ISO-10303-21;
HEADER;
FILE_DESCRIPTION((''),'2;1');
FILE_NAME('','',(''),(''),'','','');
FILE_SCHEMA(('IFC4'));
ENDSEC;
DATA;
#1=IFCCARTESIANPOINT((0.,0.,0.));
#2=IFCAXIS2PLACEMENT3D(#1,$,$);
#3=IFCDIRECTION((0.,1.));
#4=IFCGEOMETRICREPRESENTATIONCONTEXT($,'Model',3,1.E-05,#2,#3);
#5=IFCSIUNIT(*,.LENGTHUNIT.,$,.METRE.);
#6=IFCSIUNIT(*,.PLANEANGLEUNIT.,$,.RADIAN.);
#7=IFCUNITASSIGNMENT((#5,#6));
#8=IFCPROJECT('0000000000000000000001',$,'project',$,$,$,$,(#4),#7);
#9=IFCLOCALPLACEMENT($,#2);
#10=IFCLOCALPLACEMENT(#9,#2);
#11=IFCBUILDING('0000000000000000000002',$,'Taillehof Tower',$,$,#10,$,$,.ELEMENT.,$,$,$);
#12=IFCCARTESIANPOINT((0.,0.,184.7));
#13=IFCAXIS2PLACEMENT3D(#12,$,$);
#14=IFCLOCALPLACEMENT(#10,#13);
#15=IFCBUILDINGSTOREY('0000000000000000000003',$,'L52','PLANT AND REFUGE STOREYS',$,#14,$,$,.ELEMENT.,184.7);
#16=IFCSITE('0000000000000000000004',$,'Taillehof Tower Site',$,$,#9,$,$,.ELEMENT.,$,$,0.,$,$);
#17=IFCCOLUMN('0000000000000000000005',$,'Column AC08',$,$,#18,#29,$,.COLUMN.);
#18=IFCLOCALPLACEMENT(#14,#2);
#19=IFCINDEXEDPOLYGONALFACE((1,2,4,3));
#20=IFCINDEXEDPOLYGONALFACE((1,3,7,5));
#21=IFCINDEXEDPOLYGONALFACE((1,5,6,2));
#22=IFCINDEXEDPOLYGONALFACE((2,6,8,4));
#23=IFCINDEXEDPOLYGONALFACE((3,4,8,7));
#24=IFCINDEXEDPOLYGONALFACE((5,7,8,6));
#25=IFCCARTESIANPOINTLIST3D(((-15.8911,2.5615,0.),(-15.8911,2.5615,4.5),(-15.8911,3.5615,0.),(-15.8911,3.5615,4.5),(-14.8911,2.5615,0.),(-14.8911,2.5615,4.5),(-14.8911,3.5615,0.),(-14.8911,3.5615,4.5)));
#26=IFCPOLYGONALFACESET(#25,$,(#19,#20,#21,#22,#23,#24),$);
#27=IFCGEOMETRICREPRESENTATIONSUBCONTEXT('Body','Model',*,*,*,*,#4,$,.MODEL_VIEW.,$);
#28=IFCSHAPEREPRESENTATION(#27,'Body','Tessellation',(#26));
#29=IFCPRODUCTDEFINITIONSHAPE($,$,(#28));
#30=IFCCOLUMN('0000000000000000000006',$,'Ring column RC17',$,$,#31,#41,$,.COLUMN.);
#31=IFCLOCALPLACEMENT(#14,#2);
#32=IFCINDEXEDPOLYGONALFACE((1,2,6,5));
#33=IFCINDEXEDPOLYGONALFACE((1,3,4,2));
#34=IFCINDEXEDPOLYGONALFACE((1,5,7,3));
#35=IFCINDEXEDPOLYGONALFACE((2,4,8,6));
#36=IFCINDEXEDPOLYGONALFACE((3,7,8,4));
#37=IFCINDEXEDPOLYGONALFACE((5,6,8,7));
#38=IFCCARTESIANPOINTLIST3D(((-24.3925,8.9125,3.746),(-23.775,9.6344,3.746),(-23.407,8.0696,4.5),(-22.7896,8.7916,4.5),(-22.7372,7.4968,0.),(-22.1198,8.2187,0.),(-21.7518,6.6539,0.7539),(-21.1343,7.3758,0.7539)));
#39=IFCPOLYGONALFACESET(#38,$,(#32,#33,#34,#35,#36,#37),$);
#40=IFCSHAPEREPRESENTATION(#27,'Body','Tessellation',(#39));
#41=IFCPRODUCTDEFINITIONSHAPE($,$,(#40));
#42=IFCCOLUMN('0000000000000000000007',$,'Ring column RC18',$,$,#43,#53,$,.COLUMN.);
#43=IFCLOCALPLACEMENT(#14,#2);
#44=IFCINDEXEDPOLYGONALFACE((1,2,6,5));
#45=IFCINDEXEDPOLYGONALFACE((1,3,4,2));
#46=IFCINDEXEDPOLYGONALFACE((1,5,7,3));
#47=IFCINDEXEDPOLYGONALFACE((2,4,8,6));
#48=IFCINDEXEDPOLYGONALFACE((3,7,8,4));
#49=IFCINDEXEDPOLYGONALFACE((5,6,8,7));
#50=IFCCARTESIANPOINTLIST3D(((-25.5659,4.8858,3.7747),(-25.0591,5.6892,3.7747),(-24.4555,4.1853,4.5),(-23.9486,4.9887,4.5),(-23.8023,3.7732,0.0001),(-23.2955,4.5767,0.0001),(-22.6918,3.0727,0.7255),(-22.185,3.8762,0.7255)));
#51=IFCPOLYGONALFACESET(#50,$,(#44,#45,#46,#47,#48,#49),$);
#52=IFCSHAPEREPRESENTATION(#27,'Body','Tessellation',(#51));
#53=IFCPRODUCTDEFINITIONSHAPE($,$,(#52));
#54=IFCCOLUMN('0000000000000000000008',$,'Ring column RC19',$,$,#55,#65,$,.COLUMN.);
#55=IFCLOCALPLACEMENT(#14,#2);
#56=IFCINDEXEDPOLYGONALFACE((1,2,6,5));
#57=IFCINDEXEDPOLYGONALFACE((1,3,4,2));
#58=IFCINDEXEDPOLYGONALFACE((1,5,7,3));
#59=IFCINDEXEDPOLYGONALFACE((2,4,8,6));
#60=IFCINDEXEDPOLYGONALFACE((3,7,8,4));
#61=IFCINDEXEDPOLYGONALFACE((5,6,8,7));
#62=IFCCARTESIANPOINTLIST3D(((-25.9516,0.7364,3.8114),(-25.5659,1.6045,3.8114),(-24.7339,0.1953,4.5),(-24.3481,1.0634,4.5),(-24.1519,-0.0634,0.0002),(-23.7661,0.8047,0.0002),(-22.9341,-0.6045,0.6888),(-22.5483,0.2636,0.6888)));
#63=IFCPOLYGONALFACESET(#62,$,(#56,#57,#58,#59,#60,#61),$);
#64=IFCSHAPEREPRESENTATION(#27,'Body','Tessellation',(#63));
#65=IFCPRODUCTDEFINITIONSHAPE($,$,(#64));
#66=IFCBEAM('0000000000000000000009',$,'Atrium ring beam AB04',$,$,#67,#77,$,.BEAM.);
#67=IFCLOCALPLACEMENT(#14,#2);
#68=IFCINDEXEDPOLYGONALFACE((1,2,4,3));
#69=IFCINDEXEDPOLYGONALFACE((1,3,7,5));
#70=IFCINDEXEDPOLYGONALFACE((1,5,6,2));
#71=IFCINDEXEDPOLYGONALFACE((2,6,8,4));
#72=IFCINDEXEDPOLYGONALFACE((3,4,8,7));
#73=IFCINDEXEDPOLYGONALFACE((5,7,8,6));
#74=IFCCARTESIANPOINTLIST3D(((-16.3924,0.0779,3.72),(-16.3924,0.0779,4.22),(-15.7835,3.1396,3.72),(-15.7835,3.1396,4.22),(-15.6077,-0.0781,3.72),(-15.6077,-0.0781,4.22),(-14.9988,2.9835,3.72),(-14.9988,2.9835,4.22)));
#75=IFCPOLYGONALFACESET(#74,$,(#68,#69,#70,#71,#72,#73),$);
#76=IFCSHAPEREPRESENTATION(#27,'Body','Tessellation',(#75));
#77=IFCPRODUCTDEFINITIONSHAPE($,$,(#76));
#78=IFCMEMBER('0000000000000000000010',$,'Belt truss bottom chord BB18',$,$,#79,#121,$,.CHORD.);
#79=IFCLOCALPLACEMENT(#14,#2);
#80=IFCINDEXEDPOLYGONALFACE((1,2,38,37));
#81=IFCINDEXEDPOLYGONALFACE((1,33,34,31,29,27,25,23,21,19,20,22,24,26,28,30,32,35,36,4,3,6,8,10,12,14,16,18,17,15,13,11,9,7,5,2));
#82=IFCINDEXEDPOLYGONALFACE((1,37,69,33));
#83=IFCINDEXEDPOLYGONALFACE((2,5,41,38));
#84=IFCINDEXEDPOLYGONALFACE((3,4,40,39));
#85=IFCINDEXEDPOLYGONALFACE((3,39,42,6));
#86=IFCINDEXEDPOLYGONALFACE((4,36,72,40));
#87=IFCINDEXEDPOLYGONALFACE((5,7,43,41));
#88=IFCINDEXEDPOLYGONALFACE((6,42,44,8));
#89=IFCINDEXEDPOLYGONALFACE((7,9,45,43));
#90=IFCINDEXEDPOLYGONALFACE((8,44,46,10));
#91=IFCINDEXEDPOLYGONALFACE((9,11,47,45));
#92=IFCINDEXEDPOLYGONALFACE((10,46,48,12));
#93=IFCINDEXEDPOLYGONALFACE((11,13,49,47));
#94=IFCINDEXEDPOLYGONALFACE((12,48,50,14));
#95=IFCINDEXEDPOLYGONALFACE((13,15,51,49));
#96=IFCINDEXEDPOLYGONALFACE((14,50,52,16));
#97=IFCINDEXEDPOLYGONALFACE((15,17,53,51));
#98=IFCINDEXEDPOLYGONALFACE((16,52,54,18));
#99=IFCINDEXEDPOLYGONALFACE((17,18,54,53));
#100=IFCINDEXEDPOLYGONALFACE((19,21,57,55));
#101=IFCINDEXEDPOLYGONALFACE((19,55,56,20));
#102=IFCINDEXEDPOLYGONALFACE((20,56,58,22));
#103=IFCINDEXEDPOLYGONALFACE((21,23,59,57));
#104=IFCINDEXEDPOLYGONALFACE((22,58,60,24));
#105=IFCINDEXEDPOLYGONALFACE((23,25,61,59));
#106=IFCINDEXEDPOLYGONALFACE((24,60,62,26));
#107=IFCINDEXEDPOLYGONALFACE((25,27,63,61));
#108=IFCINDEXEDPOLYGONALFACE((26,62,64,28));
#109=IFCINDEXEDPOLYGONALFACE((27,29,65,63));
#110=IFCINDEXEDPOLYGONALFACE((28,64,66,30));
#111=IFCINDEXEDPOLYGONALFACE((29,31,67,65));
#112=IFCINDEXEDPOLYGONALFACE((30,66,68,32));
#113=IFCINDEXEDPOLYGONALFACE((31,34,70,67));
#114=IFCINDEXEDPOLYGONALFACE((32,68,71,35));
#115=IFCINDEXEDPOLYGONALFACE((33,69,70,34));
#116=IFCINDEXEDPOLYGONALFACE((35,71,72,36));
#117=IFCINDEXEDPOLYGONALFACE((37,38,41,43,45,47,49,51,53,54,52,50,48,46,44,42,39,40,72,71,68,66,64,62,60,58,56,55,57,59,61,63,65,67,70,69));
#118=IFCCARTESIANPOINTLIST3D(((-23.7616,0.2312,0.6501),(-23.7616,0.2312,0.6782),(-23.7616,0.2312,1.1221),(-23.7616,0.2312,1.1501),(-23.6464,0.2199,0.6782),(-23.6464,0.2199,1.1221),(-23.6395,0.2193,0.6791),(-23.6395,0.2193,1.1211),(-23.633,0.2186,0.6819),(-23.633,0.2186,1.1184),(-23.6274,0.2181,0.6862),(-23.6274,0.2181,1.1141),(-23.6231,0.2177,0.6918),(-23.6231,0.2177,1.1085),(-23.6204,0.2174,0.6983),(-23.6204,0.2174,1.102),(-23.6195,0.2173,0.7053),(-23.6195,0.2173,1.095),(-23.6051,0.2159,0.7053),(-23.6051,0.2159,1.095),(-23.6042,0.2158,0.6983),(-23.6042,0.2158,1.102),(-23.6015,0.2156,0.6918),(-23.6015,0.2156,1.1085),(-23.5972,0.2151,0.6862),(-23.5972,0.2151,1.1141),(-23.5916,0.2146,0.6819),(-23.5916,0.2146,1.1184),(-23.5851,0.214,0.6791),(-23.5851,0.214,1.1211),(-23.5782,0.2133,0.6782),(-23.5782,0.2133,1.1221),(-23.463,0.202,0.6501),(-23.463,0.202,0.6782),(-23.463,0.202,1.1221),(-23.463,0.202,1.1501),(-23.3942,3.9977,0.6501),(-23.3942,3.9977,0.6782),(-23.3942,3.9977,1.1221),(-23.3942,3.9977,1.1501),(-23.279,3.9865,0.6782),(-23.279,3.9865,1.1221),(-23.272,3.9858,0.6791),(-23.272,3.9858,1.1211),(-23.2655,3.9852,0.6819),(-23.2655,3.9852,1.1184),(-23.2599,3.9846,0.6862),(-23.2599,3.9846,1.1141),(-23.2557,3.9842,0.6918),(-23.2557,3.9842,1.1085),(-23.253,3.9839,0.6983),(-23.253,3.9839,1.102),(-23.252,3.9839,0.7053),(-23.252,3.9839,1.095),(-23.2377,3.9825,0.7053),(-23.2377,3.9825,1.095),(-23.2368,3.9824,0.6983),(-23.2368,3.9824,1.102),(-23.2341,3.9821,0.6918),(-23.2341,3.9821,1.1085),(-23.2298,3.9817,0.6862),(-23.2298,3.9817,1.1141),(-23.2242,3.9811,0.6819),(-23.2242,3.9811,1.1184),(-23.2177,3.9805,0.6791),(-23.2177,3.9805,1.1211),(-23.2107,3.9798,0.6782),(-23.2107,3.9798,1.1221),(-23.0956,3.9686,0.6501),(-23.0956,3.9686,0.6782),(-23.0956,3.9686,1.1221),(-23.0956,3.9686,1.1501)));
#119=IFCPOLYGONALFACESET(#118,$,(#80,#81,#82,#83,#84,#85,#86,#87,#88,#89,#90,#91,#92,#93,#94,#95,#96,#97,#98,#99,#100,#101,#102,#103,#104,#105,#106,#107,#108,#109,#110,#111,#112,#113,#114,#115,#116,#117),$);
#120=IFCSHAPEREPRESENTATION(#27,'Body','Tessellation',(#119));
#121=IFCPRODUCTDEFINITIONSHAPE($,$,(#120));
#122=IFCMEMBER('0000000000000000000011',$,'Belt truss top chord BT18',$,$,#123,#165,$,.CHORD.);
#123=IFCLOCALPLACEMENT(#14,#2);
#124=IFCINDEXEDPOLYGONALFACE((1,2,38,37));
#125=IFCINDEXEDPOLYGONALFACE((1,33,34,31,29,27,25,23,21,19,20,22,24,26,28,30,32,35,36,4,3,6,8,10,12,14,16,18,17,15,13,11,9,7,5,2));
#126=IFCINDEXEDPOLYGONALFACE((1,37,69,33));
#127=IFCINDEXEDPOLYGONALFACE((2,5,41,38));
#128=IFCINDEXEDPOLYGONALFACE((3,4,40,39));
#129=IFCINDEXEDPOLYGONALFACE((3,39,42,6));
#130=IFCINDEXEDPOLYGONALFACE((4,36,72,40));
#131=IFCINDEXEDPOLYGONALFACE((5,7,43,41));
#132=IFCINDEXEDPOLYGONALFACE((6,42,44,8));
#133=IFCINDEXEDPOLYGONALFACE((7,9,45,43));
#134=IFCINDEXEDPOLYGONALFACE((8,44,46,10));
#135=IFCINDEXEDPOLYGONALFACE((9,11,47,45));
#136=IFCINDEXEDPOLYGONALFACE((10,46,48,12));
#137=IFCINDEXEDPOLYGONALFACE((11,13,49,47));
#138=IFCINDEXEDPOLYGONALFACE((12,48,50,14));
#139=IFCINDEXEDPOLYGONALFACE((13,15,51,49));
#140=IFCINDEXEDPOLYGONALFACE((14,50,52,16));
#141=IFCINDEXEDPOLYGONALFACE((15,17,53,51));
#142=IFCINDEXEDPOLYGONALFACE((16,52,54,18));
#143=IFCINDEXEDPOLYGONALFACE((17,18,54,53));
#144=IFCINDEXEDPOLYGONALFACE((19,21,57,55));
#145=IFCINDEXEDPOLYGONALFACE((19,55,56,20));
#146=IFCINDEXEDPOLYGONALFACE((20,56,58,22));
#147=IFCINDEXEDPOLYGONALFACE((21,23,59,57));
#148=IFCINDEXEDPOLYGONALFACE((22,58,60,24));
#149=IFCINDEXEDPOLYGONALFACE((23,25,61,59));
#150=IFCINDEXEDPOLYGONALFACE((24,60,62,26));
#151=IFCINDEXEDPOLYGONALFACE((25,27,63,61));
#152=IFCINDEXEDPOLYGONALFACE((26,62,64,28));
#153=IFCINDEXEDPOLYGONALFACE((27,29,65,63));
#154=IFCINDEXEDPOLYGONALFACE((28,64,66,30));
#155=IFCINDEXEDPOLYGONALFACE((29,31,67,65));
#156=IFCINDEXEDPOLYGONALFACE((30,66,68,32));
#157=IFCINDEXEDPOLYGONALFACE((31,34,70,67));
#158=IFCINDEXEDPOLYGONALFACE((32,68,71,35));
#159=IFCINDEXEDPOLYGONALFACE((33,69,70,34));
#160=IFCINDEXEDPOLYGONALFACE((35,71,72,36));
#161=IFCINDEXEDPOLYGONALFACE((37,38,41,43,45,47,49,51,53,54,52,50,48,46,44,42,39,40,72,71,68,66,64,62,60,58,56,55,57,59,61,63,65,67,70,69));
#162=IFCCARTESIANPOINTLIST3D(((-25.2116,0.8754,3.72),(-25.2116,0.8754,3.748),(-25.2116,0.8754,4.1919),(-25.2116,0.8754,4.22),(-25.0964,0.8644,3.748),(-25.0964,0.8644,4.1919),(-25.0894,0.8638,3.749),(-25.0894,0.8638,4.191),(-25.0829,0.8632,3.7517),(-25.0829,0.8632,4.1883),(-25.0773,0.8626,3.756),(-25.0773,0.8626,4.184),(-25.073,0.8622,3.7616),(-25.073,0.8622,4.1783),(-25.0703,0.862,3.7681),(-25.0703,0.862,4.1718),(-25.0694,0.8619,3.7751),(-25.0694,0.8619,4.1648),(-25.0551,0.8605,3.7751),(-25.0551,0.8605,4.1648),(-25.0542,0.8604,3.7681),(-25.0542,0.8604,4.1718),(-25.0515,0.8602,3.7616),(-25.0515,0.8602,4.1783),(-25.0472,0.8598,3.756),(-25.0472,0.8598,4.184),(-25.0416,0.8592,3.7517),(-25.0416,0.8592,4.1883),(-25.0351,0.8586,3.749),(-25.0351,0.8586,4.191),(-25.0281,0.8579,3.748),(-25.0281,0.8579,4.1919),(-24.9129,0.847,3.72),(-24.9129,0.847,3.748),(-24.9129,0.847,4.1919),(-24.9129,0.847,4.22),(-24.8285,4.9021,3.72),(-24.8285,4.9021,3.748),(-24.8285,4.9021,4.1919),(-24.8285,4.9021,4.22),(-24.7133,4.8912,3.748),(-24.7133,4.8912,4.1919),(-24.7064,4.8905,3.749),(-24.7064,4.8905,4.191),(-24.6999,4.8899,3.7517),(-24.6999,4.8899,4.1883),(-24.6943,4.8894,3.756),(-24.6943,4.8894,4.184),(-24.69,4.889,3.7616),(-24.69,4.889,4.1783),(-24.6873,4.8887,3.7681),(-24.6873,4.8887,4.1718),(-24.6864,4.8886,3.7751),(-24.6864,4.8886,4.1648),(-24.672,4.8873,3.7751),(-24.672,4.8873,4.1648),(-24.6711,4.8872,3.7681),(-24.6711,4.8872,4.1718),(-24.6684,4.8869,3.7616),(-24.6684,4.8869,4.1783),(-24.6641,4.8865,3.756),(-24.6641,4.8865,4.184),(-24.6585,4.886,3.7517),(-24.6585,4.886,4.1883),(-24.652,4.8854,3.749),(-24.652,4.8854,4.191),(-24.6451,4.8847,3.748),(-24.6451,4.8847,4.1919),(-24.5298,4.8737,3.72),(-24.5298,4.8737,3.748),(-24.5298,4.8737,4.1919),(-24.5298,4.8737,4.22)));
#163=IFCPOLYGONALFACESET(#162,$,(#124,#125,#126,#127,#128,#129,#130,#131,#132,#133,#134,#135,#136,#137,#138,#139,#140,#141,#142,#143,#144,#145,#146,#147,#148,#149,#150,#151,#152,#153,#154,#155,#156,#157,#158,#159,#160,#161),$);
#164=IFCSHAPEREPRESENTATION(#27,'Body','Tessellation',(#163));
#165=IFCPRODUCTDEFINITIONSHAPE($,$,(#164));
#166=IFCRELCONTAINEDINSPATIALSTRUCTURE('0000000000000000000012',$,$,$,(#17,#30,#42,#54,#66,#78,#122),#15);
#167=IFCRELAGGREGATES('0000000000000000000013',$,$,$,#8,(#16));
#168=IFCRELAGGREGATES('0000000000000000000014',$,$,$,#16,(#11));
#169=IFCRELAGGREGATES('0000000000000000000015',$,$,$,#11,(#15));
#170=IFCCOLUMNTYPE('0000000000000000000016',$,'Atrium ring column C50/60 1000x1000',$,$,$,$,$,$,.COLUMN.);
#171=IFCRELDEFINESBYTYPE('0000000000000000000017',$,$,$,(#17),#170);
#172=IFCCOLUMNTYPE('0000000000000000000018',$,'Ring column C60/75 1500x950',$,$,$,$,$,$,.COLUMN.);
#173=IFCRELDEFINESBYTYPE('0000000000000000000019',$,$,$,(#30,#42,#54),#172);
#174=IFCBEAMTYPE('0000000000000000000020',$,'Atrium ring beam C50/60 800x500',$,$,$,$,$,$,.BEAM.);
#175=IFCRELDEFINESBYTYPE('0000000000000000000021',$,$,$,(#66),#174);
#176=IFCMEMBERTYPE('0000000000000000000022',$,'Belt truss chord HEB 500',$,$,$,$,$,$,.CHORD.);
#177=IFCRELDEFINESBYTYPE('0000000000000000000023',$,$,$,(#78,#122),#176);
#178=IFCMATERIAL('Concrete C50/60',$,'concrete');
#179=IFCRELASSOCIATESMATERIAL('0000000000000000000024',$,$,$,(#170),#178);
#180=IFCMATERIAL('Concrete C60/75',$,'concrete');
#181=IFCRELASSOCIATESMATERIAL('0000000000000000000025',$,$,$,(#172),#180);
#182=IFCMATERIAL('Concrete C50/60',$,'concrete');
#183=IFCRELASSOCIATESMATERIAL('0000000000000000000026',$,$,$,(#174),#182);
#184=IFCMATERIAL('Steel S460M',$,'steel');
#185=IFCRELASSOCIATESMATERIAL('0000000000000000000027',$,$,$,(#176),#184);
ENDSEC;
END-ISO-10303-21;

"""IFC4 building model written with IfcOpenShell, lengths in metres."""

from ifc_helpers import new_model, si_unit, direction, frame, origin, origin_2d, place, context, subcontext, project, spatial, rectangle, i_section, extrude, material, material_profile, profile_set, type_object, element, save


model = new_model("IFC4")

# Units and contexts
model_context = context("Model", 3, precision=1e-05, world=origin(), true_north=direction((0.0, 1.0)))
body_context = subcontext(model_context, "Body", "Model", "MODEL_VIEW")
ifc_project = project(units=[si_unit("LENGTHUNIT", "METRE"), si_unit("PLANEANGLEUNIT", "RADIAN")], contexts=[model_context])

# Site, building, storey
site_placement = place(None, origin())
site = spatial("IfcSite", under=ifc_project, at=site_placement, Name="Taillehof Tower Site", CompositionType="ELEMENT", RefElevation=0.0)
building_placement = place(site_placement, origin())
building = spatial("IfcBuilding", under=site, at=building_placement, Name="Taillehof Tower", CompositionType="ELEMENT")
storey_placement = place(building_placement, frame((0.0, 0.0, 184.7)))
storey = spatial("IfcBuildingStorey", under=building, at=storey_placement, Name="L52", Description="PLANT AND REFUGE STOREYS", CompositionType="ELEMENT", Elevation=184.7)

# Columns
ifc_material_1 = material(Name="Concrete C50/60", Category="concrete")
ifc_material_profile_1 = material_profile(ifc_material_1, rectangle(XDim=1.0, YDim=1.0, at=origin_2d()), Name="RC 1000x1000")
ifc_profile_set_1 = profile_set([ifc_material_profile_1], Name="Concrete C50/60")
column_type_1 = type_object("IfcColumnType", Name="Atrium ring column C50/60 1000x1000", PredefinedType="COLUMN", material=ifc_profile_set_1)
column_1_placement = place(storey_placement, frame((-15.3911, 3.0615, 0.0), z_axis=(0.0, 0.0, 1.0), x_axis=(1.0, 0.0, 0.0)))
element("IfcColumn", 1, at=column_1_placement, inside=storey, type_object=column_type_1, Name="Column AC08", PredefinedType="COLUMN", context=body_context, shape_type="SweptSolid", body=[
    extrude(rectangle(XDim=1.0, YDim=1.0, at=origin_2d()), origin(), (0.0, 0.0, 1.0), 4.5),
])
ifc_material_2 = material(Name="Concrete C60/75", Category="concrete")
ifc_material_profile_2 = material_profile(ifc_material_2, rectangle(XDim=1.5, YDim=0.95, at=origin_2d()), Name="RC 1500x950")
ifc_profile_set_2 = profile_set([ifc_material_profile_2], Name="Concrete C60/75")
column_type_2 = type_object("IfcColumnType", Name="Ring column C60/75 1500x950", PredefinedType="COLUMN", material=ifc_profile_set_2)
column_2_placement = place(storey_placement, frame((-21.9358, 7.4363, 0.377), z_axis=(-0.381988, 0.326718, 0.864488), x_axis=(0.656963, -0.561907, 0.502653)))
element("IfcColumn", 2, at=column_2_placement, inside=storey, type_object=column_type_2, Name="Ring column RC17", PredefinedType="COLUMN", context=body_context, shape_type="SweptSolid", body=[
    extrude(rectangle(XDim=1.5, YDim=0.95, at=origin_2d()), origin(), (0.0, 0.0, 1.0), 4.3333),
])
column_3_placement = place(storey_placement, frame((-22.9937, 3.8247, 0.3628), z_axis=(-0.408982, 0.257991, 0.875314), x_axis=(0.740324, -0.467007, 0.483555)))
element("IfcColumn", 3, at=column_3_placement, inside=storey, type_object=column_type_2, Name="Ring column RC18", PredefinedType="COLUMN", context=body_context, shape_type="SweptSolid", body=[
    extrude(rectangle(XDim=1.5, YDim=0.95, at=origin_2d()), origin(), (0.0, 0.0, 1.0), 4.3123),
])
column_4_placement = place(storey_placement, frame((-23.3501, 0.1001, 0.3445), z_axis=(-0.419527, 0.186431, 0.888392), x_axis=(0.811841, -0.360769, 0.459085)))
element("IfcColumn", 4, at=column_4_placement, inside=storey, type_object=column_type_2, Name="Ring column RC19", PredefinedType="COLUMN", context=body_context, shape_type="SweptSolid", body=[
    extrude(rectangle(XDim=1.5, YDim=0.95, at=origin_2d()), origin(), (0.0, 0.0, 1.0), 4.29),
])

# Beam
ifc_material_3 = material(Name="Concrete C50/60", Category="concrete")
ifc_material_profile_3 = material_profile(ifc_material_3, rectangle(XDim=0.8, YDim=0.5, at=origin_2d()), Name="RC 800x500")
ifc_profile_set_3 = profile_set([ifc_material_profile_3], Name="Concrete C50/60")
beam_type_1 = type_object("IfcBeamType", Name="Atrium ring beam C50/60 800x500", PredefinedType="BEAM", material=ifc_profile_set_3)
beam_1_placement = place(storey_placement, frame((-15.3911, 3.0615, 3.97), z_axis=(-0.195063, -0.980791, 0.0), x_axis=(0.980791, -0.195063, 0.0)))
element("IfcBeam", 5, at=beam_1_placement, inside=storey, type_object=beam_type_1, Name="Atrium ring beam AB04", PredefinedType="BEAM", context=body_context, shape_type="SweptSolid", body=[
    extrude(rectangle(XDim=0.8, YDim=0.5, at=origin_2d()), origin(), (0.0, 0.0, 1.0), 3.1216),
])

# Members
ifc_material_4 = material(Name="Steel S460M", Category="steel")
ifc_material_profile_4 = material_profile(ifc_material_4, i_section(OverallWidth=0.3, OverallDepth=0.5, WebThickness=0.0144, FlangeThickness=0.0281, FilletRadius=0.0271, at=origin_2d()), Name="HEB 500")
ifc_profile_set_4 = profile_set([ifc_material_profile_4], Name="Steel S460M")
member_type_1 = type_object("IfcMemberType", Name="Belt truss chord HEB 500", PredefinedType="CHORD", material=ifc_profile_set_4)
member_1_placement = place(storey_placement, frame((-23.2449, 3.9832, 0.9001), z_axis=(-0.097089, -0.995276, 0.0), x_axis=(0.995276, -0.097089, 0.0)))
element("IfcMember", 6, at=member_1_placement, inside=storey, type_object=member_type_1, Name="Belt truss bottom chord BB18", PredefinedType="CHORD", context=body_context, shape_type="SweptSolid", body=[
    extrude(i_section(OverallWidth=0.3, OverallDepth=0.5, WebThickness=0.0144, FlangeThickness=0.0281, FilletRadius=0.0271, at=origin_2d()), origin(), (0.0, 0.0, 1.0), 3.7844),
])
member_2_placement = place(storey_placement, frame((-24.6792, 4.8879, 3.97), z_axis=(-0.094698, -0.995506, 0.0), x_axis=(0.995506, -0.094698, 0.0)))
element("IfcMember", 7, at=member_2_placement, inside=storey, type_object=member_type_1, Name="Belt truss top chord BT18", PredefinedType="CHORD", context=body_context, shape_type="SweptSolid", body=[
    extrude(i_section(OverallWidth=0.3, OverallDepth=0.5, WebThickness=0.0144, FlangeThickness=0.0281, FilletRadius=0.0271, at=origin_2d()), origin(), (0.0, 0.0, 1.0), 4.0449),
])

save(model, "model.ifc")
